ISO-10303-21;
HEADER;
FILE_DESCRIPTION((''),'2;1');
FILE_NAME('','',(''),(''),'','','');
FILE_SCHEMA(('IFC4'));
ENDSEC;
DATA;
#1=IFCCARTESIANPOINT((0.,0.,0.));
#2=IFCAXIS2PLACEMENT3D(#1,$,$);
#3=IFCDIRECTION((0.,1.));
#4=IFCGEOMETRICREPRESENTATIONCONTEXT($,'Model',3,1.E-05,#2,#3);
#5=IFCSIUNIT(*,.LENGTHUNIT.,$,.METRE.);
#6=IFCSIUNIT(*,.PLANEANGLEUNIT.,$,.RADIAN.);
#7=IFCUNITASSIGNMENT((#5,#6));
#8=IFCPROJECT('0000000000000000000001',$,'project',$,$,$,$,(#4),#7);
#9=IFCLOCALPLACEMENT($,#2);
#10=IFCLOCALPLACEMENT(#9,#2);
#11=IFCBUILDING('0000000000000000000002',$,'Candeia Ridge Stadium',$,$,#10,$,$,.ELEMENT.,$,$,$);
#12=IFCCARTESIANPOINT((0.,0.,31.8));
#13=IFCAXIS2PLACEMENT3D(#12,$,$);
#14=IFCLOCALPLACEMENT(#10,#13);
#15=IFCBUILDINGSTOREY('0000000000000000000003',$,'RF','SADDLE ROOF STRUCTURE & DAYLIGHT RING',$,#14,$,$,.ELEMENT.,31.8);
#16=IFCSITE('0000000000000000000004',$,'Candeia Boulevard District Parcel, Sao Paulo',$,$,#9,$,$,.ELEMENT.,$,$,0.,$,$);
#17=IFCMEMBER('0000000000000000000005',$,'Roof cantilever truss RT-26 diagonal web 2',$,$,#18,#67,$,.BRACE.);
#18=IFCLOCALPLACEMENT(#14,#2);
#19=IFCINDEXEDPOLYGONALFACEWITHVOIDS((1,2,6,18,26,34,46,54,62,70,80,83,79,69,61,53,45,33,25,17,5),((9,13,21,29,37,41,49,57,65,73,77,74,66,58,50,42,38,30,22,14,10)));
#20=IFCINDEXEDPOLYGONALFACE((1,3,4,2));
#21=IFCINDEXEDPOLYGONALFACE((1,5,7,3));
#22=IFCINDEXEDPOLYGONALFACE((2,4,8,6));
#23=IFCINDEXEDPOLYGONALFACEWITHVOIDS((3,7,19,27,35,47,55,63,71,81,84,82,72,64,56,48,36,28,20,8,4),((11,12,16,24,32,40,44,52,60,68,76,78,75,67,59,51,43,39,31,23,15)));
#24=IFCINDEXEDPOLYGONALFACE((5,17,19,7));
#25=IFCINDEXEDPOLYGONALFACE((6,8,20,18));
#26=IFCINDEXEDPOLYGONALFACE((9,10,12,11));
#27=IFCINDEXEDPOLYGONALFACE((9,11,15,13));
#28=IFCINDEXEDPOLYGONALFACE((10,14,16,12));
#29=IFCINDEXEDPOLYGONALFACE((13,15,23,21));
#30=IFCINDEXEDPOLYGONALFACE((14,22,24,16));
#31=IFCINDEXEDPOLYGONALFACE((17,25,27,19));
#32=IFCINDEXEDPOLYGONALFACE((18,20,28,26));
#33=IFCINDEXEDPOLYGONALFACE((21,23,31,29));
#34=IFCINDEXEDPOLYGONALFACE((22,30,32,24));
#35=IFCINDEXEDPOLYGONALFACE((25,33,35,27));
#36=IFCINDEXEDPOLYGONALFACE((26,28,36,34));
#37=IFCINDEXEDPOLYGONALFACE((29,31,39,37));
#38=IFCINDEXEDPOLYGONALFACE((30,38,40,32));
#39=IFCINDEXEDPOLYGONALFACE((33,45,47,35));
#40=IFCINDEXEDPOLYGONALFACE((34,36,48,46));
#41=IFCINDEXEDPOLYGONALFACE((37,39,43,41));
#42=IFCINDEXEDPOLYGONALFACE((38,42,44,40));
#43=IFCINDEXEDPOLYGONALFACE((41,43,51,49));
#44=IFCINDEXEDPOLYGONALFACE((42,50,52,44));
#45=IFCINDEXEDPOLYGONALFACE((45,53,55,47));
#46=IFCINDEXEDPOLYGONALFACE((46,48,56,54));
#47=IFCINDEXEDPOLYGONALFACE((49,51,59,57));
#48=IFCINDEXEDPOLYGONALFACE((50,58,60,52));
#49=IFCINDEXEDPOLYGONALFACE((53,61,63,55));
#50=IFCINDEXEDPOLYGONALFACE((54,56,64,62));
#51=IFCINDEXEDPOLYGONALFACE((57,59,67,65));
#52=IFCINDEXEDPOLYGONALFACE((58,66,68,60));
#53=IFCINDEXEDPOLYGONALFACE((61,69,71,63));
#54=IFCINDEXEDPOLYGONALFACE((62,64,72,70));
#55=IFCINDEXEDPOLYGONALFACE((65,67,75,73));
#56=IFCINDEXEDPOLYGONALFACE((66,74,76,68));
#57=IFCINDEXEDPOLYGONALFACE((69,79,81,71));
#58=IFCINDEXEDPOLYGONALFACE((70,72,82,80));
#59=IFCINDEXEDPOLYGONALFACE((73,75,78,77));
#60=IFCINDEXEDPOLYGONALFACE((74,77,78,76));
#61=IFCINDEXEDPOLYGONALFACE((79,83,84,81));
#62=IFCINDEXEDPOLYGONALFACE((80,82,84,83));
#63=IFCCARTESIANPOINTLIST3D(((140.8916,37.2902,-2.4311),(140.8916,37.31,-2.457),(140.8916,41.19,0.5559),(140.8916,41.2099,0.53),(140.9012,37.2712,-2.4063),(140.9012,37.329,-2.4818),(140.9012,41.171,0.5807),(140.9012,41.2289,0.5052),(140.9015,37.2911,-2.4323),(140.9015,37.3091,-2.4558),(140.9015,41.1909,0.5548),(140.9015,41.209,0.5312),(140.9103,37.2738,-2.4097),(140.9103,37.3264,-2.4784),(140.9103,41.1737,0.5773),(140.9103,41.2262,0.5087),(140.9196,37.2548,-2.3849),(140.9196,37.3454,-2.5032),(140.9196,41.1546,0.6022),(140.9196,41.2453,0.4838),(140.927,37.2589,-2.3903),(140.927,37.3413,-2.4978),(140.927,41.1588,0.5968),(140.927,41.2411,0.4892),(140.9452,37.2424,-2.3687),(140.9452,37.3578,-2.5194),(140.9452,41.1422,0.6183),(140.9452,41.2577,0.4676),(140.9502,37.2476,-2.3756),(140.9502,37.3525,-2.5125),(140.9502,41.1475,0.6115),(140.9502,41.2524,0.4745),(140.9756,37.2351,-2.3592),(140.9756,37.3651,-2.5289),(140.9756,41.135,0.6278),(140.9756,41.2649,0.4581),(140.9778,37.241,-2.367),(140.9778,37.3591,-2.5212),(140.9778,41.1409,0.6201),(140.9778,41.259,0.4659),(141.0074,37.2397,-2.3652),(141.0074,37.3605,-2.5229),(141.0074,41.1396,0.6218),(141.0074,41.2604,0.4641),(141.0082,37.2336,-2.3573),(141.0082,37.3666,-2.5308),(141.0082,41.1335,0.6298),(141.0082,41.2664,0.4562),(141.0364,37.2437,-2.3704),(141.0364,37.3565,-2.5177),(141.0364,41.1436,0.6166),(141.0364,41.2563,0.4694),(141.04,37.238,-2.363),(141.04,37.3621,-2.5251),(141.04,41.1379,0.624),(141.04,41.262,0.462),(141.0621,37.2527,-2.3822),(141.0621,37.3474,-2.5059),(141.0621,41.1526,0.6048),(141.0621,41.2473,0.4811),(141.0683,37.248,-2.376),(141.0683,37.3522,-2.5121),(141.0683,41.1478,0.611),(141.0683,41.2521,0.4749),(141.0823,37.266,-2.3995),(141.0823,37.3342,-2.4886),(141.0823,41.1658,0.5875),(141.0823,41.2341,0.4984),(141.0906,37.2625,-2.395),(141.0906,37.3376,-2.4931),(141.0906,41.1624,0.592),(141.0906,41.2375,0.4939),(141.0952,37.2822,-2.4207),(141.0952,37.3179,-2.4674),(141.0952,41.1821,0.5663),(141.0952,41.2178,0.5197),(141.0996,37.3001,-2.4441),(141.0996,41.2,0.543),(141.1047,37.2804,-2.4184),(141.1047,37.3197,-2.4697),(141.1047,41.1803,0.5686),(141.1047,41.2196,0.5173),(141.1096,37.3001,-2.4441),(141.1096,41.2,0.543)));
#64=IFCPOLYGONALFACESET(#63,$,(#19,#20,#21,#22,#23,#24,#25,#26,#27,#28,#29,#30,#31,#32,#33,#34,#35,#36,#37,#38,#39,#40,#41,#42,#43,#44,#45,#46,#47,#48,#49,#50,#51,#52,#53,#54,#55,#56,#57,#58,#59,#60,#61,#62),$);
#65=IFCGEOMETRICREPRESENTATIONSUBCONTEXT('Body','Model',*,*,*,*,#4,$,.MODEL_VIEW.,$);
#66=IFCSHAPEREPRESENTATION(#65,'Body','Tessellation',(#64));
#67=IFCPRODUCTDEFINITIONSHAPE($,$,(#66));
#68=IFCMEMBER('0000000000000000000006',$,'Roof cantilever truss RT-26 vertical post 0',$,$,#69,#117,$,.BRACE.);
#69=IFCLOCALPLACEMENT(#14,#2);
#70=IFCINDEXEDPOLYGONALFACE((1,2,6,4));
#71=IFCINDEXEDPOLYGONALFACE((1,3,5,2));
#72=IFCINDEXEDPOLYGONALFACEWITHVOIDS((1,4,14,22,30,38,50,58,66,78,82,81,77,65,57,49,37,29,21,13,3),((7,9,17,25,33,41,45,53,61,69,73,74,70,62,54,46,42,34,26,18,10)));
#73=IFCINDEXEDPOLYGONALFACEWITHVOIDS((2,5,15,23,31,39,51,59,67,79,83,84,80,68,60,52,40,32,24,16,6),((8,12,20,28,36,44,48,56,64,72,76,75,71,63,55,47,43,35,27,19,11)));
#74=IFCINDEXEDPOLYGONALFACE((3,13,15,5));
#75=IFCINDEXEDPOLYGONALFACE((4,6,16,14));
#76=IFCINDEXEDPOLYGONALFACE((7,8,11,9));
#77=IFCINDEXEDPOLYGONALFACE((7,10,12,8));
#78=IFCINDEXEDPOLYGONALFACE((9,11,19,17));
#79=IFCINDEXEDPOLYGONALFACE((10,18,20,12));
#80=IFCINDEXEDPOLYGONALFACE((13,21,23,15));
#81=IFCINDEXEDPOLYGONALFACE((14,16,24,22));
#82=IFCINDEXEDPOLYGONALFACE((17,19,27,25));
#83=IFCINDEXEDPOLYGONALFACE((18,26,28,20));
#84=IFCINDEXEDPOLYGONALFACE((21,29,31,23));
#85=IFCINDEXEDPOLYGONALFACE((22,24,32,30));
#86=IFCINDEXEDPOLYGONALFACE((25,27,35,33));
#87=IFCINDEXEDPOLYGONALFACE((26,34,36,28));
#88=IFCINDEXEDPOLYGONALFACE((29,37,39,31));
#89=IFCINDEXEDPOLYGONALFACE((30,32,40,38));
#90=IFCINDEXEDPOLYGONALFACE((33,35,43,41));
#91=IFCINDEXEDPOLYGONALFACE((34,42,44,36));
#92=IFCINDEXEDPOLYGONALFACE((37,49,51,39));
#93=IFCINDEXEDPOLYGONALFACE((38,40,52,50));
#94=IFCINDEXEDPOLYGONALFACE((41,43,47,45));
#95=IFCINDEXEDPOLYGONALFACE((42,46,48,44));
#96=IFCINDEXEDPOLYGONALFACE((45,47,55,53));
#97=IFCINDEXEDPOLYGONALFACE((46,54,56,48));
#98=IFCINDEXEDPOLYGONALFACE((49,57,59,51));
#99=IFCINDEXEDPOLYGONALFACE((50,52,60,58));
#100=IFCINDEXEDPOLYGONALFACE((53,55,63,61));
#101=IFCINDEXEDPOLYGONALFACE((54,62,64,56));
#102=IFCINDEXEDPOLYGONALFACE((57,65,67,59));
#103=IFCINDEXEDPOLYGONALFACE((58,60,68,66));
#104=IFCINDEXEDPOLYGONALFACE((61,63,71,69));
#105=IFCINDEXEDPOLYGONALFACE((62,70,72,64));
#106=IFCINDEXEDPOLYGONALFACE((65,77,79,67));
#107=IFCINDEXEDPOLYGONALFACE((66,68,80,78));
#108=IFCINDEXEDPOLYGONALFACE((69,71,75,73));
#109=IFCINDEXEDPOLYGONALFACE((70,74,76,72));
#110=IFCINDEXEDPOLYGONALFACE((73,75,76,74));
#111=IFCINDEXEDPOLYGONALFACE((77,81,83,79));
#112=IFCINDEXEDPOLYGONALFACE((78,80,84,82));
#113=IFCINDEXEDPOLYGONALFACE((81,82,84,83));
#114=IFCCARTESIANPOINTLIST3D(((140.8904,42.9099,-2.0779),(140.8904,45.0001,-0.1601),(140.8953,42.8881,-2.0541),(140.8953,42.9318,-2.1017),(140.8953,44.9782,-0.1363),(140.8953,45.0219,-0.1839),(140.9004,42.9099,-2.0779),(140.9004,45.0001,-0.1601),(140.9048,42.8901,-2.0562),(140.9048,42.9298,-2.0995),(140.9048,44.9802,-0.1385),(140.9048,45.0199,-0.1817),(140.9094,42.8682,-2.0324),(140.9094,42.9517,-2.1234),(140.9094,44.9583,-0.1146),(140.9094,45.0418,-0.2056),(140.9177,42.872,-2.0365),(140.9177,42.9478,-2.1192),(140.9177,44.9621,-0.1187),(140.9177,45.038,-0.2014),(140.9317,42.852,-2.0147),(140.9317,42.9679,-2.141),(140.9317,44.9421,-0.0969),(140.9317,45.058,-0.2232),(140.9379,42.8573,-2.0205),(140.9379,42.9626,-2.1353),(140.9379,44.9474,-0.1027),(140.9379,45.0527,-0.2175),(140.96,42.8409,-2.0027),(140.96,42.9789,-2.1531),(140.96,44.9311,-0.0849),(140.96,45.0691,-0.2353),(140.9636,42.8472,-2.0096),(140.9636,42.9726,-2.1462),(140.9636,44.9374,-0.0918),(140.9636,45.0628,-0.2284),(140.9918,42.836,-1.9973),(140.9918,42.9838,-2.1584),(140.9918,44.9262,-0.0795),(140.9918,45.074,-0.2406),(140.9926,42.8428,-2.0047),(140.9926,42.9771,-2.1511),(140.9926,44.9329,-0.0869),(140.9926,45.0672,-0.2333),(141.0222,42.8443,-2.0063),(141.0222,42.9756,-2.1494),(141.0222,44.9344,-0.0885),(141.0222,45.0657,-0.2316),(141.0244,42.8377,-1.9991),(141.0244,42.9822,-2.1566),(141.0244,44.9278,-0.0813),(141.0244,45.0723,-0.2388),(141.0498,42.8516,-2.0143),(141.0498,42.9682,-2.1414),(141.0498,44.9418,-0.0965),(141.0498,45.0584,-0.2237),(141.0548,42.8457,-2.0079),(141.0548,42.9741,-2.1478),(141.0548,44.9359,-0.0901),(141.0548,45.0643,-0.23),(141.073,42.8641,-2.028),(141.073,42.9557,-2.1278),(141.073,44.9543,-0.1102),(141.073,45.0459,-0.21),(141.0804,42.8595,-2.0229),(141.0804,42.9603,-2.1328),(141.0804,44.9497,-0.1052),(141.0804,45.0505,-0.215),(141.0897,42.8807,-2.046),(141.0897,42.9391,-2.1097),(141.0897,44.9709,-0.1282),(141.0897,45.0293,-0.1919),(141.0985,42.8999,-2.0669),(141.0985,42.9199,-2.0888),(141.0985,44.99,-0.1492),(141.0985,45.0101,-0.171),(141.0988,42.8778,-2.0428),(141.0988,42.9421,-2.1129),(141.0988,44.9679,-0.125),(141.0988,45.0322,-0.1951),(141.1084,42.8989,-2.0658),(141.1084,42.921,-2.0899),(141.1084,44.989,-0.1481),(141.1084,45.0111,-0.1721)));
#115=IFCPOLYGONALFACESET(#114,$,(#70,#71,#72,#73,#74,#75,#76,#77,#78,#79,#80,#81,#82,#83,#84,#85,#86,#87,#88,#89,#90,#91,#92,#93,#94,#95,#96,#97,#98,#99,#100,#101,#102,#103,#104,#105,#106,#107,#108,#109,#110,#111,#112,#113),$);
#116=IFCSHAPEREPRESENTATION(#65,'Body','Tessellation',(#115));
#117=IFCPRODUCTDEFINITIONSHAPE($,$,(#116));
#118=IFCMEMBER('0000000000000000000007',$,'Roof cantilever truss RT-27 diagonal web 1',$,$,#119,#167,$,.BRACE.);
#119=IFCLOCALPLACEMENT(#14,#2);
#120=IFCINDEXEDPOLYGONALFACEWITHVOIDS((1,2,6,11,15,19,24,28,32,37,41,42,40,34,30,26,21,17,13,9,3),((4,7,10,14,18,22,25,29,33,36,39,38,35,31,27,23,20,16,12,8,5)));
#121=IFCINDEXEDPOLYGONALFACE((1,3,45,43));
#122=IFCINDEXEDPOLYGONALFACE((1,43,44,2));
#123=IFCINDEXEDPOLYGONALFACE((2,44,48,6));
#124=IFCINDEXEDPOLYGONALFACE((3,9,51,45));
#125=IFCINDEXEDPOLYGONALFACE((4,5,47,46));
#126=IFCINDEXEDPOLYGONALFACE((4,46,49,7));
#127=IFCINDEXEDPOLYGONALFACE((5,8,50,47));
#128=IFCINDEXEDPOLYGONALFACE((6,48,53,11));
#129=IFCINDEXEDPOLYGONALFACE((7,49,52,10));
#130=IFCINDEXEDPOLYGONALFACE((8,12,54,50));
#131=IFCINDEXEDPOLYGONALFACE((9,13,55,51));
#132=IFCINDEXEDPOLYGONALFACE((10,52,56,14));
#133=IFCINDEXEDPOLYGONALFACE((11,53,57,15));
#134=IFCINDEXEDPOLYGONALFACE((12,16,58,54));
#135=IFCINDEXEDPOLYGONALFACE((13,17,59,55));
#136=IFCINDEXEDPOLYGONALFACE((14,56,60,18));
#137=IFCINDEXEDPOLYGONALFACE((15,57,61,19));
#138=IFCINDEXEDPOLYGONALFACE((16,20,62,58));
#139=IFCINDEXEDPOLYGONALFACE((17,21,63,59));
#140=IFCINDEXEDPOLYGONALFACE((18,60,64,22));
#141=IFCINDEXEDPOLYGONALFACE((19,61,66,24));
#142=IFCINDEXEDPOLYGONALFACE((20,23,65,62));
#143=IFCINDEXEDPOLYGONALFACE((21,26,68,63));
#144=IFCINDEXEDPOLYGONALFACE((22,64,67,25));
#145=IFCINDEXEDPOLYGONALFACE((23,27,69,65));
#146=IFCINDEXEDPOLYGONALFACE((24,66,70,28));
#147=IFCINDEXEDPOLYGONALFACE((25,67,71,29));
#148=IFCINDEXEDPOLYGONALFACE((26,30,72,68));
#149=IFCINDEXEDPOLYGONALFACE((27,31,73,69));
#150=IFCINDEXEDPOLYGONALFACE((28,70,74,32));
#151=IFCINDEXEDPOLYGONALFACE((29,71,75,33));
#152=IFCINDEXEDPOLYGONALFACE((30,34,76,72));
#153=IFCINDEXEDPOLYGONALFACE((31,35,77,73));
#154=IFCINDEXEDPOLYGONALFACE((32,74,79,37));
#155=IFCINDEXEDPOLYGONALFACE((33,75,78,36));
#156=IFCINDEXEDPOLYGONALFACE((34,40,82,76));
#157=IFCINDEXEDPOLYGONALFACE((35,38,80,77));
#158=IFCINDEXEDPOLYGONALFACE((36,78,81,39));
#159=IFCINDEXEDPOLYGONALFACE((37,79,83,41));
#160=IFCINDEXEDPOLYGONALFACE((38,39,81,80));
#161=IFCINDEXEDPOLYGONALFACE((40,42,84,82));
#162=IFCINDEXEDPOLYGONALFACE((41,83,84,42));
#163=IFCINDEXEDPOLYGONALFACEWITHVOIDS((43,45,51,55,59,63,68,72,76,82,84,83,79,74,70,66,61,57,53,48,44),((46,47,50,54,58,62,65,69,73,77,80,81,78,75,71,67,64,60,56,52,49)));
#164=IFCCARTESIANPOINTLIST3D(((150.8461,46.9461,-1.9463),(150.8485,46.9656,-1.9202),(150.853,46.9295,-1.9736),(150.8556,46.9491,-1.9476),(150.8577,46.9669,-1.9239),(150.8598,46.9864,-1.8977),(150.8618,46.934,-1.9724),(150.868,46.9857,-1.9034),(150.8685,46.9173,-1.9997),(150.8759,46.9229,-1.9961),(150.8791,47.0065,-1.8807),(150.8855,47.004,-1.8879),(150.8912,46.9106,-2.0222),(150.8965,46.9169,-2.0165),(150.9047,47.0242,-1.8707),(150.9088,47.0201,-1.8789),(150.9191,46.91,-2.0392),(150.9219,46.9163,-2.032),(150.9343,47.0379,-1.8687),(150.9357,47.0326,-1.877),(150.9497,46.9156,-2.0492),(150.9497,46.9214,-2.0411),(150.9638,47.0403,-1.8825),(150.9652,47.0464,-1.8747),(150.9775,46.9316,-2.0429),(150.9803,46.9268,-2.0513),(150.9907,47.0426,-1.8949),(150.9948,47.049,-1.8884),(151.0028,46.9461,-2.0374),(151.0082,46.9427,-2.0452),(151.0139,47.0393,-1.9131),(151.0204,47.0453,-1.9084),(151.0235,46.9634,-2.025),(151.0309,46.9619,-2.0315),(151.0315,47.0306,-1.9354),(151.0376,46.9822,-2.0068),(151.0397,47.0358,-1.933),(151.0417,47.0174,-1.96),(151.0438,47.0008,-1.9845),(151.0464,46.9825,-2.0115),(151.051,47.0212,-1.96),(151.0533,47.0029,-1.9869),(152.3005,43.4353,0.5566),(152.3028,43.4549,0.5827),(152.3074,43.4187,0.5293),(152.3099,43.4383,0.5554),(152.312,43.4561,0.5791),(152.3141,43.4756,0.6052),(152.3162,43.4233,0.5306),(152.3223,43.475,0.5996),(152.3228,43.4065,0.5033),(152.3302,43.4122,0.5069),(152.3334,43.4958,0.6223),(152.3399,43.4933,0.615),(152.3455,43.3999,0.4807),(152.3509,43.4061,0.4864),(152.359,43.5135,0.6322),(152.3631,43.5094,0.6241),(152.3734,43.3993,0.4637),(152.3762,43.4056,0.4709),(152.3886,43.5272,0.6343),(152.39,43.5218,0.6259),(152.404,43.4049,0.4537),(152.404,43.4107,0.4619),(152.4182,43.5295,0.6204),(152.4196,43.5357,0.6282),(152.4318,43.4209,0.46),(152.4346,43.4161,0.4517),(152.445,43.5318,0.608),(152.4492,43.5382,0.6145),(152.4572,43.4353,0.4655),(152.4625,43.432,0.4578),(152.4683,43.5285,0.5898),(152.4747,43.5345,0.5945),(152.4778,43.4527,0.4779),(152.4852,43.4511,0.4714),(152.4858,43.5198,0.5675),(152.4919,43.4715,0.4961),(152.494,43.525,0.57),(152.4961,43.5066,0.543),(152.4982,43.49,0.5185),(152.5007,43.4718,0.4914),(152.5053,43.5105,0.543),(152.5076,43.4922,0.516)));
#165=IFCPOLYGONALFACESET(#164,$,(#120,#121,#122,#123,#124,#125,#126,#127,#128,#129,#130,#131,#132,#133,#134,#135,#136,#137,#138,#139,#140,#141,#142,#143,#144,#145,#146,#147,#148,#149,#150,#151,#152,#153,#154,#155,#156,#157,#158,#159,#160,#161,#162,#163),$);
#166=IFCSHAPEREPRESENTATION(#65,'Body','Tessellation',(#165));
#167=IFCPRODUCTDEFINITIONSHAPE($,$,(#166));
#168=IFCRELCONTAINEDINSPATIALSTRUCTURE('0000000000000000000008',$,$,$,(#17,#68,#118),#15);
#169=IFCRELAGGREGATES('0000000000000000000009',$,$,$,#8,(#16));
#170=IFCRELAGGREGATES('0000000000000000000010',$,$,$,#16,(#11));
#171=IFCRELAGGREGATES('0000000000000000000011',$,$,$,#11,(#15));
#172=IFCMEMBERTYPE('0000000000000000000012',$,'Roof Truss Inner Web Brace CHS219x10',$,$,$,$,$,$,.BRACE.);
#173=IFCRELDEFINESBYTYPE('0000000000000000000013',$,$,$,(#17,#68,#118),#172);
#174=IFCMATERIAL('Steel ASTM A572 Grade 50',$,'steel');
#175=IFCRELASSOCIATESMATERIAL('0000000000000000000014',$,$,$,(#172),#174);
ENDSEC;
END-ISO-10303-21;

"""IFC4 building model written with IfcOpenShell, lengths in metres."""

from ifc_helpers import new_model, si_unit, direction, frame, origin, origin_2d, place, context, subcontext, project, spatial, hollow_circle, extrude, material, material_profile, profile_set, type_object, element, save


model = new_model("IFC4")

# Units and contexts
model_context = context("Model", 3, precision=1e-05, world=origin(), true_north=direction((0.0, 1.0)))
body_context = subcontext(model_context, "Body", "Model", "MODEL_VIEW")
ifc_project = project(units=[si_unit("LENGTHUNIT", "METRE"), si_unit("PLANEANGLEUNIT", "RADIAN")], contexts=[model_context])

# Site, building, storey
site_placement = place(None, origin())
site = spatial("IfcSite", under=ifc_project, at=site_placement, Name="Candeia Boulevard District Parcel, Sao Paulo", CompositionType="ELEMENT", RefElevation=0.0)
building_placement = place(site_placement, origin())
building = spatial("IfcBuilding", under=site, at=building_placement, Name="Candeia Ridge Stadium", CompositionType="ELEMENT")
storey_placement = place(building_placement, frame((0.0, 0.0, 31.8)))
storey = spatial("IfcBuildingStorey", under=building, at=storey_placement, Name="RF", Description="SADDLE ROOF STRUCTURE & DAYLIGHT RING", CompositionType="ELEMENT", Elevation=31.8)

# Shared definitions
ifc_material_1 = material(Name="Steel ASTM A572 Grade 50", Category="steel")

# Members
ifc_material_profile_1 = material_profile(ifc_material_1, hollow_circle(Radius=0.1096, WallThickness=0.01, at=origin_2d()), Name="CHS219x10", Category="steel")
ifc_profile_set_1 = profile_set([ifc_material_profile_1], Name="Steel ASTM A572 Grade 50")
member_type_1 = type_object("IfcMemberType", Name="Roof Truss Inner Web Brace CHS219x10", PredefinedType="BRACE", material=ifc_profile_set_1)
member_1_placement = place(storey_placement, frame((141.0, 41.2, 0.543), z_axis=(0.0, -0.793888, -0.608064), x_axis=(1.0, 0.0, 0.0)))
element("IfcMember", 1, at=member_1_placement, inside=storey, type_object=member_type_1, Name="Roof cantilever truss RT-26 diagonal web 2", PredefinedType="BRACE", context=body_context, shape_type="SweptSolid", body=[
    extrude(hollow_circle(Radius=0.1096, WallThickness=0.01, at=origin_2d()), origin(), (0.0, 0.0, 1.0), 4.9124),
])
member_2_placement = place(storey_placement, frame((141.0, 42.9099, -2.0779), z_axis=(0.0, 0.736836, 0.676071), x_axis=(-1.0, 0.0, 0.0)))
element("IfcMember", 2, at=member_2_placement, inside=storey, type_object=member_type_1, Name="Roof cantilever truss RT-26 vertical post 0", PredefinedType="BRACE", context=body_context, shape_type="SweptSolid", body=[
    extrude(hollow_circle(Radius=0.1096, WallThickness=0.01, at=origin_2d()), origin(), (0.0, 0.0, 1.0), 2.8367),
])
member_3_placement = place(storey_placement, frame((150.9497, 46.9792, -1.96), z_axis=(0.319616, -0.771543, 0.55006), x_axis=(0.923866, 0.382717, 0.0)))
element("IfcMember", 3, at=member_3_placement, inside=storey, type_object=member_type_1, Name="Roof cantilever truss RT-27 diagonal web 1", PredefinedType="BRACE", context=body_context, shape_type="SweptSolid", body=[
    extrude(hollow_circle(Radius=0.1096, WallThickness=0.01, at=origin_2d()), origin(), (0.0, 0.0, 1.0), 4.5503),
])

save(model, "model.ifc")
